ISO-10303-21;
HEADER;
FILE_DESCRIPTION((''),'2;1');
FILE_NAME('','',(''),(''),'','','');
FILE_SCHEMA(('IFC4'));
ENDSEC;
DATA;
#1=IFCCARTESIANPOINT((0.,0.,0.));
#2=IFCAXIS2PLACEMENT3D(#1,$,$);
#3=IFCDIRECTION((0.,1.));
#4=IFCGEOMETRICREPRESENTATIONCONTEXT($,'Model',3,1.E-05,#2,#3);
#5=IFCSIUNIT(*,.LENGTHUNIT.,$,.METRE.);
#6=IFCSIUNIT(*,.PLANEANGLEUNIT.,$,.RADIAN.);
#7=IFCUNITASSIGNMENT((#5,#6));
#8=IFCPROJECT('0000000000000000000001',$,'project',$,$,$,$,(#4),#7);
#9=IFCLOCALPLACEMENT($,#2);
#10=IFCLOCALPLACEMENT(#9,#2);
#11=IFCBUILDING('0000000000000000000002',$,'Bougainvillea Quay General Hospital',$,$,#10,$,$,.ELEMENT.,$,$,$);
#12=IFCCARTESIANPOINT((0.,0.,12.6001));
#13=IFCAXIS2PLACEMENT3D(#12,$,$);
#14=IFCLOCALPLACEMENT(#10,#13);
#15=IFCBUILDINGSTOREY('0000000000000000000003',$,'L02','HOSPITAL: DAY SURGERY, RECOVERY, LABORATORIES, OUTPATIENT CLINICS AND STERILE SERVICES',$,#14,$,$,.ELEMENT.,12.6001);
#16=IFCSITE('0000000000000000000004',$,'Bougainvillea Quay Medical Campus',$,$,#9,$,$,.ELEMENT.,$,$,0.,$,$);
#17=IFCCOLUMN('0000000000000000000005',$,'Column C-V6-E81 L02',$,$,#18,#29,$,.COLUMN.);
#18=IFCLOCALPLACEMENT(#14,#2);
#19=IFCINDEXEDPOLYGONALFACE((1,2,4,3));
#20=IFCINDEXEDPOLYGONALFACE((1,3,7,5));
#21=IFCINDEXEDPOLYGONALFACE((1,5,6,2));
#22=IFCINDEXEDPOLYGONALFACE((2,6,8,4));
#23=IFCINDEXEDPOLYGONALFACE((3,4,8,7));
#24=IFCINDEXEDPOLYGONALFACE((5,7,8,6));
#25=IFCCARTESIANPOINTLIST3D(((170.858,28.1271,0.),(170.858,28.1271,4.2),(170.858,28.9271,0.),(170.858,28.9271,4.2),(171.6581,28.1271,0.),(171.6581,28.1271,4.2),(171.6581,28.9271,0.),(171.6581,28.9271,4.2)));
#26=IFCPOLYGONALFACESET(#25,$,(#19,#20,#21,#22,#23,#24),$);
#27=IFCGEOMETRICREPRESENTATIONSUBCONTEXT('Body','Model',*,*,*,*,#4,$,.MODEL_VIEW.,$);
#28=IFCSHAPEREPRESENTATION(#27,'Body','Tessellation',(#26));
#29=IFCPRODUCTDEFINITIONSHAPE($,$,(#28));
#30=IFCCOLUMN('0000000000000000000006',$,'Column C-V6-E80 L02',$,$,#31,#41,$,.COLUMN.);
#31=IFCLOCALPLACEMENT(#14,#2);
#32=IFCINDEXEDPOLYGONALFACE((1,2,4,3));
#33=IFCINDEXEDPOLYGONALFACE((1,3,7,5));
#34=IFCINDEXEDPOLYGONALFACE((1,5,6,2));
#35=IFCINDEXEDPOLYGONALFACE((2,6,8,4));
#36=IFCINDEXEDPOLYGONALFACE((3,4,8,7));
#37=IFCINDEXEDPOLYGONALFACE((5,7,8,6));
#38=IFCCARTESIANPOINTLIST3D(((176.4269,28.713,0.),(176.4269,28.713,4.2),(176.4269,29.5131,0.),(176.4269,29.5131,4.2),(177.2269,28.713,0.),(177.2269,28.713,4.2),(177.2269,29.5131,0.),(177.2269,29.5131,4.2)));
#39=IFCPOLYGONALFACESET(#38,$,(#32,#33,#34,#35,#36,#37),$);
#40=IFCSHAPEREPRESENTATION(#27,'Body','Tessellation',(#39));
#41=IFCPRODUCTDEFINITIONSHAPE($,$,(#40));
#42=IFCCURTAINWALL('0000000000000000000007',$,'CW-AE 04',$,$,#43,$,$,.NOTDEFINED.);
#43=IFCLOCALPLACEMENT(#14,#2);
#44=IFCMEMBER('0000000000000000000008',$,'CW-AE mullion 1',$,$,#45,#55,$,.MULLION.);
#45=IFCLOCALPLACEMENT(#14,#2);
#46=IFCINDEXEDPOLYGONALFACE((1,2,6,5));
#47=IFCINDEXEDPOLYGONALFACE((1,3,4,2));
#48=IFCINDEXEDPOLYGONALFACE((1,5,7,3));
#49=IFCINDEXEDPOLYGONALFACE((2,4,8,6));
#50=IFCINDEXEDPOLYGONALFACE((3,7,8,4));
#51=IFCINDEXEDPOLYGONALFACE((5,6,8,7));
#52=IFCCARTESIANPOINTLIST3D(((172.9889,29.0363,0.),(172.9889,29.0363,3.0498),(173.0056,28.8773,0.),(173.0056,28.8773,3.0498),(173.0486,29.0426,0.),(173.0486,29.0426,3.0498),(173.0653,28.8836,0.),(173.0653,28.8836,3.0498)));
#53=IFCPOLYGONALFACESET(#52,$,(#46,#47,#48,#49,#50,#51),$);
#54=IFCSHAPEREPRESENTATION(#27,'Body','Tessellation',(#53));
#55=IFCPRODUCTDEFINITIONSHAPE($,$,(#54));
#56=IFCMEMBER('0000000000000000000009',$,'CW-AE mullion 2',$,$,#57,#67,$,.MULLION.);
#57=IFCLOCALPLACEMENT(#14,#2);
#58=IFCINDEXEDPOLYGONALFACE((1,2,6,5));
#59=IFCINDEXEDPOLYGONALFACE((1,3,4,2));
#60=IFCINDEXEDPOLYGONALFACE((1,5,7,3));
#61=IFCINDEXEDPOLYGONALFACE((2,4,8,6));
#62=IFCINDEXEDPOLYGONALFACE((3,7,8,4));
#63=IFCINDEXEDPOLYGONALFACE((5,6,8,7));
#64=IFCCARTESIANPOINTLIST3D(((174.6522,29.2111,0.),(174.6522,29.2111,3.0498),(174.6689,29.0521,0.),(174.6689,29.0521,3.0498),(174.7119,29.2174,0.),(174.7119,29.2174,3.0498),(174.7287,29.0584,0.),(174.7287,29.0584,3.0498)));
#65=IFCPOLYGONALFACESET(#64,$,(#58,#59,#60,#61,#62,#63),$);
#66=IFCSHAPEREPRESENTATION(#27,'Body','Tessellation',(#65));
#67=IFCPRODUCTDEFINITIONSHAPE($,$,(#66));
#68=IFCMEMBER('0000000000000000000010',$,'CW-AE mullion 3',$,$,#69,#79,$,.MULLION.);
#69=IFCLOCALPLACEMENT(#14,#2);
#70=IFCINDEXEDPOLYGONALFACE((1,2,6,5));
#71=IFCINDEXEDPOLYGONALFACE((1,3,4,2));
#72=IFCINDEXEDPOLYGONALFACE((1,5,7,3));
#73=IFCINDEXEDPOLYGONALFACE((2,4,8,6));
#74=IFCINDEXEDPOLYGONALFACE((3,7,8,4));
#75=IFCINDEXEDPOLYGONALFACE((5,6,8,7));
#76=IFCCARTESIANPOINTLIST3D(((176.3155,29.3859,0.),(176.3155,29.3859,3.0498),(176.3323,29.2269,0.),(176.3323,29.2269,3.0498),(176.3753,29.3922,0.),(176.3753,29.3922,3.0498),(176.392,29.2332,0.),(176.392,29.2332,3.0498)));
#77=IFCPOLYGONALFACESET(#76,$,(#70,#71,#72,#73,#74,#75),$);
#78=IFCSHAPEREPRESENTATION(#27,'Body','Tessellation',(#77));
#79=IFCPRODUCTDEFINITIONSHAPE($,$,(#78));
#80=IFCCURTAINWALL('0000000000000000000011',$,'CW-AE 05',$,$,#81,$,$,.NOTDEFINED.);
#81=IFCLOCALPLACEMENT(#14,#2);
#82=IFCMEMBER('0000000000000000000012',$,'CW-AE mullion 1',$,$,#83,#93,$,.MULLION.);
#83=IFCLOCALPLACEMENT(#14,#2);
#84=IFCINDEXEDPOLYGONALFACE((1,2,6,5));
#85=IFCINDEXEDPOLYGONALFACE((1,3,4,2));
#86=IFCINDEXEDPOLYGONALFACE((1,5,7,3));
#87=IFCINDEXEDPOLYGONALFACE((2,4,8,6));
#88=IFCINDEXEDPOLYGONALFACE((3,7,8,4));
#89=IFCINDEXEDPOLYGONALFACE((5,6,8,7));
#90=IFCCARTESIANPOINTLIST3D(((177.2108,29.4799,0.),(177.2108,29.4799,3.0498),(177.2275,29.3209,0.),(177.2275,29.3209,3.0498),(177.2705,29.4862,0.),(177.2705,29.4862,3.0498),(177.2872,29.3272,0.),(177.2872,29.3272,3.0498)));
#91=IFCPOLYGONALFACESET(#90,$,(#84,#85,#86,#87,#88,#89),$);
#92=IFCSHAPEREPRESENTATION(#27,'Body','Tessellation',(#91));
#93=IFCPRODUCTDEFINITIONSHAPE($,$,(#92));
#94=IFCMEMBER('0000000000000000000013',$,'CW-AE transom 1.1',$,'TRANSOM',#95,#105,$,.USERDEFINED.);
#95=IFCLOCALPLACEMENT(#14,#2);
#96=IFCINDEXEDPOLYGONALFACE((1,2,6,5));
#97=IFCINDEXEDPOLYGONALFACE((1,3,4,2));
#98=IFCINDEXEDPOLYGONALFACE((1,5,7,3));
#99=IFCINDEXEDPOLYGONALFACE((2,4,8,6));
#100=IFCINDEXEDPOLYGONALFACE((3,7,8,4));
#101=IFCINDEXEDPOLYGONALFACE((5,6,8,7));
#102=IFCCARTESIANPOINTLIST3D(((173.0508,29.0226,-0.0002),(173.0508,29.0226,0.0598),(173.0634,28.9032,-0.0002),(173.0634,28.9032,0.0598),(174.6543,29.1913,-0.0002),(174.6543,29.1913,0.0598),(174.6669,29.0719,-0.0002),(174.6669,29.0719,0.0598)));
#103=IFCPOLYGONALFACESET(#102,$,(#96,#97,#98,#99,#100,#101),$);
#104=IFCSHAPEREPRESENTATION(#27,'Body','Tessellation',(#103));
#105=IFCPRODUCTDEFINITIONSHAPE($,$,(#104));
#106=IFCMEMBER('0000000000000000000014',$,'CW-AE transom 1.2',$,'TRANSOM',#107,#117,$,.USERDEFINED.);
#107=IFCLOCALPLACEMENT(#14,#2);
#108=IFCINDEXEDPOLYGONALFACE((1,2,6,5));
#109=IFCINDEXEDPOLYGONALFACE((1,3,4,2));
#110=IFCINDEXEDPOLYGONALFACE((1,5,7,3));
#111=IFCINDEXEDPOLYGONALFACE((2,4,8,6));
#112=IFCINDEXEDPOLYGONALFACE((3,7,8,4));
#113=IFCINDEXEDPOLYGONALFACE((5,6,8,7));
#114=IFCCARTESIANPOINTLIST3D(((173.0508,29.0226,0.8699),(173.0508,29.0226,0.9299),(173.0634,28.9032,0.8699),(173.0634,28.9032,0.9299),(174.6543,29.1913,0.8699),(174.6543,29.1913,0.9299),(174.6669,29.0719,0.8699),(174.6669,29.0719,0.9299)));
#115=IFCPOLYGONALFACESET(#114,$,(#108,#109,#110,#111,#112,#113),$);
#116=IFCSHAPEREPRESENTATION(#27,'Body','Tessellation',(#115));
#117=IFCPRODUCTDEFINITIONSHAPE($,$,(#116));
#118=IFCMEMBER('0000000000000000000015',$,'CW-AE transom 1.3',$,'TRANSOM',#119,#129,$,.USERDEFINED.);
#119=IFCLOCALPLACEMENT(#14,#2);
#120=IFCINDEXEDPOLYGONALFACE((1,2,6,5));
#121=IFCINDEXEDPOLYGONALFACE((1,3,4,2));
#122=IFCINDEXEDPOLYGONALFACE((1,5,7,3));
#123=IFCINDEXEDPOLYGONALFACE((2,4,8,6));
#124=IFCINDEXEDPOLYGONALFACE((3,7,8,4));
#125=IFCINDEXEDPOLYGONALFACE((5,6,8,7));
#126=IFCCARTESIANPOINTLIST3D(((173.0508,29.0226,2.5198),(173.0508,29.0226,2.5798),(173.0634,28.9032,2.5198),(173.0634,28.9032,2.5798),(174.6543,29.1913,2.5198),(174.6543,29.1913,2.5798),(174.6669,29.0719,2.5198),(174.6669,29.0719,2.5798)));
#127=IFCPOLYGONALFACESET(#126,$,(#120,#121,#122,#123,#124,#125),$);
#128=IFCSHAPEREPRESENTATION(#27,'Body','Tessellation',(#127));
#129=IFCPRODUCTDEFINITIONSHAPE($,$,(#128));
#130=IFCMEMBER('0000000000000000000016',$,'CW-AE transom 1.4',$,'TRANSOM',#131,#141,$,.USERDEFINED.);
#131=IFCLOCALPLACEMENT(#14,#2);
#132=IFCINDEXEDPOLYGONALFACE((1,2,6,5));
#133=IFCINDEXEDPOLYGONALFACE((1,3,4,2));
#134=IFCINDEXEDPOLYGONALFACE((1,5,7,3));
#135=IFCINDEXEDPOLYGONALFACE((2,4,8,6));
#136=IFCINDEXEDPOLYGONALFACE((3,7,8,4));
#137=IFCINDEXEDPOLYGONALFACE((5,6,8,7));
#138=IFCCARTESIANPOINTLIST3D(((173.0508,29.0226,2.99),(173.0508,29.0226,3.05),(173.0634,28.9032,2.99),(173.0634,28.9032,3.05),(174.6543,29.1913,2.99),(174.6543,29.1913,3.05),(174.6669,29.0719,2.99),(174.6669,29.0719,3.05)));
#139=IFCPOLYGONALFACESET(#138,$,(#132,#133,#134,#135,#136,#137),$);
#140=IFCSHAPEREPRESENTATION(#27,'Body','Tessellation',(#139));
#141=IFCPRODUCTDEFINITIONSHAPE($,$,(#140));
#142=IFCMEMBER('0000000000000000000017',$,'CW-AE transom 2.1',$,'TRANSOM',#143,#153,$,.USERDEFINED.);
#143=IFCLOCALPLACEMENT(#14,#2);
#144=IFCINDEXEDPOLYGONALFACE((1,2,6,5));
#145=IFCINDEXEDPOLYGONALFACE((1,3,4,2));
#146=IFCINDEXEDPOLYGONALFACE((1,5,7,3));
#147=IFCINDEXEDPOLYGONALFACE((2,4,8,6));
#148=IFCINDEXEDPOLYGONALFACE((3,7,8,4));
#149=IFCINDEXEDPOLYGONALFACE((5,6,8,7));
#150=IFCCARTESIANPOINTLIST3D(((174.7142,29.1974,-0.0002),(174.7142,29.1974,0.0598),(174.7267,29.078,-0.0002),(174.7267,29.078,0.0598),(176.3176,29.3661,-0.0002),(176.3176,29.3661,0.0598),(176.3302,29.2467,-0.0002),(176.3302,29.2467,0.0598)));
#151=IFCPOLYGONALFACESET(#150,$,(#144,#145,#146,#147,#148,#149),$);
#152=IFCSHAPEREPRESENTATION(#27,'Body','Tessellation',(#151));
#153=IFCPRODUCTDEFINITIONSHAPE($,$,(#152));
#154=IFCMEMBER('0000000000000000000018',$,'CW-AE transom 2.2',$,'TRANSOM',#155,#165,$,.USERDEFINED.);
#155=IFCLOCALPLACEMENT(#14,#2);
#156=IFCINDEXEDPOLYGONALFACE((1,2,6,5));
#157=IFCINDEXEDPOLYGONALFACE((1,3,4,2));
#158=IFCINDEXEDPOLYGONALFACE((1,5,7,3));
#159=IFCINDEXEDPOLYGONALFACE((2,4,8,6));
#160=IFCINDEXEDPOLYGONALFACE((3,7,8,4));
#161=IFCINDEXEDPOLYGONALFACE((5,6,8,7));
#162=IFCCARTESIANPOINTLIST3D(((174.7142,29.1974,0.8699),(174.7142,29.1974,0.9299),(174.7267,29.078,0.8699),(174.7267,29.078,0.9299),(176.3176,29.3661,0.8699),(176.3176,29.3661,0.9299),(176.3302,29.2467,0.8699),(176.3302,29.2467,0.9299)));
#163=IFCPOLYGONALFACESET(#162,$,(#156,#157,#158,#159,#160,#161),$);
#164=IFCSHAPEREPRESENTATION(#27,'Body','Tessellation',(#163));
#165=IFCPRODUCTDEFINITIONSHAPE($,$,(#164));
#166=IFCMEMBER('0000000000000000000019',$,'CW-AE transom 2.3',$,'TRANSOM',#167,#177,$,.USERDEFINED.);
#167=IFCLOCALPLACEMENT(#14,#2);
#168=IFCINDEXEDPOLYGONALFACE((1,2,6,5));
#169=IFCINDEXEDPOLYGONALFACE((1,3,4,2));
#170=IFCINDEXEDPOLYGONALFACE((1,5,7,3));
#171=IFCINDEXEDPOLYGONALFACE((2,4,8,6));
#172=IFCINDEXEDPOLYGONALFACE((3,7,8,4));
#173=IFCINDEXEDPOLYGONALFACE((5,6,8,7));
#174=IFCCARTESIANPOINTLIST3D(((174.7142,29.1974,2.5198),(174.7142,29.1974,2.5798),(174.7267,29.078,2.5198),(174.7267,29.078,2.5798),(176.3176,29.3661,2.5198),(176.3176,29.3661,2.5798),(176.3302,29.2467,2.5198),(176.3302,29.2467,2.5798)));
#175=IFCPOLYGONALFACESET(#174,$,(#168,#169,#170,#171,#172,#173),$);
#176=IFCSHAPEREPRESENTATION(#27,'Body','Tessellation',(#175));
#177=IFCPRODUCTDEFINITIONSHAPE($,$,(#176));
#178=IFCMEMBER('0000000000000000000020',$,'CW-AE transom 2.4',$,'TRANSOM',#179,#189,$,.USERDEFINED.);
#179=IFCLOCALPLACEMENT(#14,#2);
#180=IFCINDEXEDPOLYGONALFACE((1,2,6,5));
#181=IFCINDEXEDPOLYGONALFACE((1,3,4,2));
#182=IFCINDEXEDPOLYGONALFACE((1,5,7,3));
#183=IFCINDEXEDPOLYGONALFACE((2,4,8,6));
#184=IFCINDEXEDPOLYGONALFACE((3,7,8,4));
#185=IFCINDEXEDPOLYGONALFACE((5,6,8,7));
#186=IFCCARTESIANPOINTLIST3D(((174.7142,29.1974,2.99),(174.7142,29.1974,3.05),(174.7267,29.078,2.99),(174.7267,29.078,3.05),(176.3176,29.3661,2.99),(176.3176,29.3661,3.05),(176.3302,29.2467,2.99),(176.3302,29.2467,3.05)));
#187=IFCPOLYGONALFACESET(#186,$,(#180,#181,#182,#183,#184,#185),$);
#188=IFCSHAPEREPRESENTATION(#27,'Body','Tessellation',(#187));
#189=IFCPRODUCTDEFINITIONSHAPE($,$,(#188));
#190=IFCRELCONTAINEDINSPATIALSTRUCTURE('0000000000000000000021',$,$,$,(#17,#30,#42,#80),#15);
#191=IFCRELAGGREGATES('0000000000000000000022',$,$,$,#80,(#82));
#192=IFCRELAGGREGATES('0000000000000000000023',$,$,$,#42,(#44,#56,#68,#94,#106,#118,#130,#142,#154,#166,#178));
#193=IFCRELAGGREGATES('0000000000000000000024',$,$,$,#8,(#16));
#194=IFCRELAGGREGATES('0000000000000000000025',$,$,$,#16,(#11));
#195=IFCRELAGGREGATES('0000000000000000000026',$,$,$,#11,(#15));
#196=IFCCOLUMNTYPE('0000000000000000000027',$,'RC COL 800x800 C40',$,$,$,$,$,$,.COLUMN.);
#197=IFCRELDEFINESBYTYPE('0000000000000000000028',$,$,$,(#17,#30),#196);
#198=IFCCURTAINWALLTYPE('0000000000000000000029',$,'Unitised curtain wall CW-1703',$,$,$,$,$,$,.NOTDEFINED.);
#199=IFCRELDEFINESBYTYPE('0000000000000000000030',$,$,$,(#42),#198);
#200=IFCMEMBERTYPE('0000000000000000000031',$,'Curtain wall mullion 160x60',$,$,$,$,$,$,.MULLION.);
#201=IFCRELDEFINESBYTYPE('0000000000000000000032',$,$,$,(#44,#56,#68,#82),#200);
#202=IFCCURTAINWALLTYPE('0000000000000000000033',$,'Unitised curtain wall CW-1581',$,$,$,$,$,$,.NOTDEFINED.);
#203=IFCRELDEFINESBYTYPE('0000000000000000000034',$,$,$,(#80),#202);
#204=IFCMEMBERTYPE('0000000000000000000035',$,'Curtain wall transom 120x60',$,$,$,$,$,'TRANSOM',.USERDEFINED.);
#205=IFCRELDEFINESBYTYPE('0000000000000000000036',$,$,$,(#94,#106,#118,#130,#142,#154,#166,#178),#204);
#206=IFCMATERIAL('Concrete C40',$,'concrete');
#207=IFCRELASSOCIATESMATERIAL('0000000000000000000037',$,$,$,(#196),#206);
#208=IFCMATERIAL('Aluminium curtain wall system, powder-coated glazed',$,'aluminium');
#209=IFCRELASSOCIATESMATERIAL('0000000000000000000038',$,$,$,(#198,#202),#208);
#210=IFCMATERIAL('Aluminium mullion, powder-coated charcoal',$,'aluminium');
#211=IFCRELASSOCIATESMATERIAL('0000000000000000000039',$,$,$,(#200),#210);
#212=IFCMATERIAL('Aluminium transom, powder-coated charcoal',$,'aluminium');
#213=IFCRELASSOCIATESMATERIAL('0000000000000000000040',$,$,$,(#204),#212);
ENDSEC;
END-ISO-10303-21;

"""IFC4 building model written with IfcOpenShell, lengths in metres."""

from ifc_helpers import new_model, si_unit, direction, frame, origin, origin_2d, place, context, subcontext, project, spatial, rectangle, extrude, material, material_profile, profile_set, type_object, element, aggregate, save


model = new_model("IFC4")

# Units and contexts
model_context = context("Model", 3, precision=1e-05, world=origin(), true_north=direction((0.0, 1.0)))
body_context = subcontext(model_context, "Body", "Model", "MODEL_VIEW")
ifc_project = project(units=[si_unit("LENGTHUNIT", "METRE"), si_unit("PLANEANGLEUNIT", "RADIAN")], contexts=[model_context])

# Site, building, storey
site_placement = place(None, origin())
site = spatial("IfcSite", under=ifc_project, at=site_placement, Name="Bougainvillea Quay Medical Campus", CompositionType="ELEMENT", RefElevation=0.0)
building_placement = place(site_placement, origin())
building = spatial("IfcBuilding", under=site, at=building_placement, Name="Bougainvillea Quay General Hospital", CompositionType="ELEMENT")
storey_placement = place(building_placement, frame((0.0, 0.0, 12.6001)))
storey = spatial("IfcBuildingStorey", under=building, at=storey_placement, Name="L02", Description="HOSPITAL: DAY SURGERY, RECOVERY, LABORATORIES, OUTPATIENT CLINICS AND STERILE SERVICES", CompositionType="ELEMENT", Elevation=12.6001)

# Columns
ifc_material_1 = material(Name="Concrete C40", Category="concrete")
ifc_material_profile_1 = material_profile(ifc_material_1, rectangle(XDim=0.8, YDim=0.8, at=origin_2d()))
ifc_profile_set_1 = profile_set([ifc_material_profile_1], Name="Concrete C40")
column_type = type_object("IfcColumnType", Name="RC COL 800x800 C40", PredefinedType="COLUMN", material=ifc_profile_set_1)
for number, where, z_axis, x_axis, name in (
    (1, (171.2581, 28.5271, 0.0), (0.0, 0.0, 1.0), (1.0, 0.0, 0.0), "Column C-V6-E81 L02"),
    (2, (176.8269, 29.113, 0.0), (0.0, 0.0, 1.0), (1.0, 0.0, 0.0), "Column C-V6-E80 L02"),
):
    element("IfcColumn", number, at=place(storey_placement, frame(where, z_axis=z_axis, x_axis=x_axis)), inside=storey, type_object=column_type, Name=name, PredefinedType="COLUMN", context=body_context, shape_type="SweptSolid", body=[
        extrude(rectangle(XDim=0.8, YDim=0.8, at=origin_2d()), origin(), (0.0, 0.0, 1.0), 4.2),
    ])

# Curtain wall, members
ifc_material_2 = material(Name="Aluminium curtain wall system, powder-coated glazed", Category="aluminium")
curtain_wall_type_1 = type_object("IfcCurtainWallType", Name="Unitised curtain wall CW-1703", PredefinedType="NOTDEFINED", material=ifc_material_2)
curtain_wall_1_placement = place(storey_placement, origin())
curtain_wall_1 = element("IfcCurtainWall", 3, at=curtain_wall_1_placement, inside=storey, type_object=curtain_wall_type_1, Name="CW-AE 04", PredefinedType="NOTDEFINED")
ifc_material_3 = material(Name="Aluminium mullion, powder-coated charcoal", Category="aluminium")
ifc_material_profile_2 = material_profile(ifc_material_3, rectangle(XDim=0.1599, YDim=0.0601, at=origin_2d()))
ifc_profile_set_2 = profile_set([ifc_material_profile_2], Name="Aluminium mullion, powder-coated charcoal")
member_type_1 = type_object("IfcMemberType", Name="Curtain wall mullion 160x60", PredefinedType="MULLION", material=ifc_profile_set_2)
member_1_placement = place(storey_placement, frame((173.0271, 28.96, 0.0), z_axis=(0.0, 0.0, 1.0), x_axis=(-0.104527, 0.994522, 0.0)))
member_1 = element("IfcMember", 4, at=member_1_placement, type_object=member_type_1, Name="CW-AE mullion 1", PredefinedType="MULLION", context=body_context, shape_type="SweptSolid", body=[
    extrude(rectangle(XDim=0.1599, YDim=0.0601, at=origin_2d()), origin(), (0.0, 0.0, 1.0), 3.0498),
])
member_2_placement = place(storey_placement, frame((174.6904, 29.1348, 0.0), z_axis=(0.0, 0.0, 1.0), x_axis=(-0.104527, 0.994522, 0.0)))
member_2 = element("IfcMember", 5, at=member_2_placement, type_object=member_type_1, Name="CW-AE mullion 2", PredefinedType="MULLION", context=body_context, shape_type="SweptSolid", body=[
    extrude(rectangle(XDim=0.1599, YDim=0.0601, at=origin_2d()), origin(), (0.0, 0.0, 1.0), 3.0498),
])
member_3_placement = place(storey_placement, frame((176.3538, 29.3096, 0.0), z_axis=(0.0, 0.0, 1.0), x_axis=(-0.104527, 0.994522, 0.0)))
member_3 = element("IfcMember", 6, at=member_3_placement, type_object=member_type_1, Name="CW-AE mullion 3", PredefinedType="MULLION", context=body_context, shape_type="SweptSolid", body=[
    extrude(rectangle(XDim=0.1599, YDim=0.0601, at=origin_2d()), origin(), (0.0, 0.0, 1.0), 3.0498),
])

# Curtain wall, member
curtain_wall_type_2 = type_object("IfcCurtainWallType", Name="Unitised curtain wall CW-1581", PredefinedType="NOTDEFINED", material=ifc_material_2)
curtain_wall_2_placement = place(storey_placement, origin())
curtain_wall_2 = element("IfcCurtainWall", 7, at=curtain_wall_2_placement, inside=storey, type_object=curtain_wall_type_2, Name="CW-AE 05", PredefinedType="NOTDEFINED")
member_4_placement = place(storey_placement, frame((177.249, 29.4036, 0.0), z_axis=(0.0, 0.0, 1.0), x_axis=(-0.104527, 0.994522, 0.0)))
member_4 = element("IfcMember", 8, at=member_4_placement, type_object=member_type_1, Name="CW-AE mullion 1", PredefinedType="MULLION", context=body_context, shape_type="SweptSolid", body=[
    extrude(rectangle(XDim=0.1599, YDim=0.0601, at=origin_2d()), origin(), (0.0, 0.0, 1.0), 3.0498),
])

# Members
ifc_material_4 = material(Name="Aluminium transom, powder-coated charcoal", Category="aluminium")
ifc_material_profile_3 = material_profile(ifc_material_4, rectangle(XDim=0.1201, YDim=0.0601, at=origin_2d()))
ifc_profile_set_3 = profile_set([ifc_material_profile_3], Name="Aluminium transom, powder-coated charcoal")
member_type_2 = type_object("IfcMemberType", Name="Curtain wall transom 120x60", ElementType="TRANSOM", PredefinedType="USERDEFINED", material=ifc_profile_set_3)
member_5_placement = place(storey_placement, frame((173.0571, 28.9629, 0.0298), z_axis=(0.994511, 0.10463, 0.0), x_axis=(-0.10463, 0.994511, 0.0)))
member_5 = element("IfcMember", 9, at=member_5_placement, type_object=member_type_2, Name="CW-AE transom 1.1", ObjectType="TRANSOM", PredefinedType="USERDEFINED", context=body_context, shape_type="SweptSolid", body=[
    extrude(rectangle(XDim=0.1201, YDim=0.0601, at=origin_2d()), origin(), (0.0, 0.0, 1.0), 1.6123),
])
member_6_placement = place(storey_placement, frame((173.0571, 28.9629, 0.8999), z_axis=(0.994511, 0.10463, 0.0), x_axis=(-0.10463, 0.994511, 0.0)))
member_6 = element("IfcMember", 10, at=member_6_placement, type_object=member_type_2, Name="CW-AE transom 1.2", ObjectType="TRANSOM", PredefinedType="USERDEFINED", context=body_context, shape_type="SweptSolid", body=[
    extrude(rectangle(XDim=0.1201, YDim=0.0601, at=origin_2d()), origin(), (0.0, 0.0, 1.0), 1.6123),
])
member_7_placement = place(storey_placement, frame((173.0571, 28.9629, 2.5498), z_axis=(0.994511, 0.10463, 0.0), x_axis=(-0.10463, 0.994511, 0.0)))
member_7 = element("IfcMember", 11, at=member_7_placement, type_object=member_type_2, Name="CW-AE transom 1.3", ObjectType="TRANSOM", PredefinedType="USERDEFINED", context=body_context, shape_type="SweptSolid", body=[
    extrude(rectangle(XDim=0.1201, YDim=0.0601, at=origin_2d()), origin(), (0.0, 0.0, 1.0), 1.6123),
])
member_8_placement = place(storey_placement, frame((173.0571, 28.9629, 3.02), z_axis=(0.994511, 0.10463, 0.0), x_axis=(-0.10463, 0.994511, 0.0)))
member_8 = element("IfcMember", 12, at=member_8_placement, type_object=member_type_2, Name="CW-AE transom 1.4", ObjectType="TRANSOM", PredefinedType="USERDEFINED", context=body_context, shape_type="SweptSolid", body=[
    extrude(rectangle(XDim=0.1201, YDim=0.0601, at=origin_2d()), origin(), (0.0, 0.0, 1.0), 1.6123),
])
member_9_placement = place(storey_placement, frame((174.7205, 29.1377, 0.0298), z_axis=(0.994511, 0.10463, 0.0), x_axis=(-0.10463, 0.994511, 0.0)))
member_9 = element("IfcMember", 13, at=member_9_placement, type_object=member_type_2, Name="CW-AE transom 2.1", ObjectType="TRANSOM", PredefinedType="USERDEFINED", context=body_context, shape_type="SweptSolid", body=[
    extrude(rectangle(XDim=0.1201, YDim=0.0601, at=origin_2d()), origin(), (0.0, 0.0, 1.0), 1.6123),
])
member_10_placement = place(storey_placement, frame((174.7205, 29.1377, 0.8999), z_axis=(0.994511, 0.10463, 0.0), x_axis=(-0.10463, 0.994511, 0.0)))
member_10 = element("IfcMember", 14, at=member_10_placement, type_object=member_type_2, Name="CW-AE transom 2.2", ObjectType="TRANSOM", PredefinedType="USERDEFINED", context=body_context, shape_type="SweptSolid", body=[
    extrude(rectangle(XDim=0.1201, YDim=0.0601, at=origin_2d()), origin(), (0.0, 0.0, 1.0), 1.6123),
])
member_11_placement = place(storey_placement, frame((174.7205, 29.1377, 2.5498), z_axis=(0.994511, 0.10463, 0.0), x_axis=(-0.10463, 0.994511, 0.0)))
member_11 = element("IfcMember", 15, at=member_11_placement, type_object=member_type_2, Name="CW-AE transom 2.3", ObjectType="TRANSOM", PredefinedType="USERDEFINED", context=body_context, shape_type="SweptSolid", body=[
    extrude(rectangle(XDim=0.1201, YDim=0.0601, at=origin_2d()), origin(), (0.0, 0.0, 1.0), 1.6123),
])
member_12_placement = place(storey_placement, frame((174.7205, 29.1377, 3.02), z_axis=(0.994511, 0.10463, 0.0), x_axis=(-0.10463, 0.994511, 0.0)))
member_12 = element("IfcMember", 16, at=member_12_placement, type_object=member_type_2, Name="CW-AE transom 2.4", ObjectType="TRANSOM", PredefinedType="USERDEFINED", context=body_context, shape_type="SweptSolid", body=[
    extrude(rectangle(XDim=0.1201, YDim=0.0601, at=origin_2d()), origin(), (0.0, 0.0, 1.0), 1.6123),
])
aggregate(curtain_wall_2, [member_4])

aggregate(curtain_wall_1, [member_1, member_2, member_3, member_5, member_6, member_7, member_8, member_9, member_10, member_11, member_12])

save(model, "model.ifc")
